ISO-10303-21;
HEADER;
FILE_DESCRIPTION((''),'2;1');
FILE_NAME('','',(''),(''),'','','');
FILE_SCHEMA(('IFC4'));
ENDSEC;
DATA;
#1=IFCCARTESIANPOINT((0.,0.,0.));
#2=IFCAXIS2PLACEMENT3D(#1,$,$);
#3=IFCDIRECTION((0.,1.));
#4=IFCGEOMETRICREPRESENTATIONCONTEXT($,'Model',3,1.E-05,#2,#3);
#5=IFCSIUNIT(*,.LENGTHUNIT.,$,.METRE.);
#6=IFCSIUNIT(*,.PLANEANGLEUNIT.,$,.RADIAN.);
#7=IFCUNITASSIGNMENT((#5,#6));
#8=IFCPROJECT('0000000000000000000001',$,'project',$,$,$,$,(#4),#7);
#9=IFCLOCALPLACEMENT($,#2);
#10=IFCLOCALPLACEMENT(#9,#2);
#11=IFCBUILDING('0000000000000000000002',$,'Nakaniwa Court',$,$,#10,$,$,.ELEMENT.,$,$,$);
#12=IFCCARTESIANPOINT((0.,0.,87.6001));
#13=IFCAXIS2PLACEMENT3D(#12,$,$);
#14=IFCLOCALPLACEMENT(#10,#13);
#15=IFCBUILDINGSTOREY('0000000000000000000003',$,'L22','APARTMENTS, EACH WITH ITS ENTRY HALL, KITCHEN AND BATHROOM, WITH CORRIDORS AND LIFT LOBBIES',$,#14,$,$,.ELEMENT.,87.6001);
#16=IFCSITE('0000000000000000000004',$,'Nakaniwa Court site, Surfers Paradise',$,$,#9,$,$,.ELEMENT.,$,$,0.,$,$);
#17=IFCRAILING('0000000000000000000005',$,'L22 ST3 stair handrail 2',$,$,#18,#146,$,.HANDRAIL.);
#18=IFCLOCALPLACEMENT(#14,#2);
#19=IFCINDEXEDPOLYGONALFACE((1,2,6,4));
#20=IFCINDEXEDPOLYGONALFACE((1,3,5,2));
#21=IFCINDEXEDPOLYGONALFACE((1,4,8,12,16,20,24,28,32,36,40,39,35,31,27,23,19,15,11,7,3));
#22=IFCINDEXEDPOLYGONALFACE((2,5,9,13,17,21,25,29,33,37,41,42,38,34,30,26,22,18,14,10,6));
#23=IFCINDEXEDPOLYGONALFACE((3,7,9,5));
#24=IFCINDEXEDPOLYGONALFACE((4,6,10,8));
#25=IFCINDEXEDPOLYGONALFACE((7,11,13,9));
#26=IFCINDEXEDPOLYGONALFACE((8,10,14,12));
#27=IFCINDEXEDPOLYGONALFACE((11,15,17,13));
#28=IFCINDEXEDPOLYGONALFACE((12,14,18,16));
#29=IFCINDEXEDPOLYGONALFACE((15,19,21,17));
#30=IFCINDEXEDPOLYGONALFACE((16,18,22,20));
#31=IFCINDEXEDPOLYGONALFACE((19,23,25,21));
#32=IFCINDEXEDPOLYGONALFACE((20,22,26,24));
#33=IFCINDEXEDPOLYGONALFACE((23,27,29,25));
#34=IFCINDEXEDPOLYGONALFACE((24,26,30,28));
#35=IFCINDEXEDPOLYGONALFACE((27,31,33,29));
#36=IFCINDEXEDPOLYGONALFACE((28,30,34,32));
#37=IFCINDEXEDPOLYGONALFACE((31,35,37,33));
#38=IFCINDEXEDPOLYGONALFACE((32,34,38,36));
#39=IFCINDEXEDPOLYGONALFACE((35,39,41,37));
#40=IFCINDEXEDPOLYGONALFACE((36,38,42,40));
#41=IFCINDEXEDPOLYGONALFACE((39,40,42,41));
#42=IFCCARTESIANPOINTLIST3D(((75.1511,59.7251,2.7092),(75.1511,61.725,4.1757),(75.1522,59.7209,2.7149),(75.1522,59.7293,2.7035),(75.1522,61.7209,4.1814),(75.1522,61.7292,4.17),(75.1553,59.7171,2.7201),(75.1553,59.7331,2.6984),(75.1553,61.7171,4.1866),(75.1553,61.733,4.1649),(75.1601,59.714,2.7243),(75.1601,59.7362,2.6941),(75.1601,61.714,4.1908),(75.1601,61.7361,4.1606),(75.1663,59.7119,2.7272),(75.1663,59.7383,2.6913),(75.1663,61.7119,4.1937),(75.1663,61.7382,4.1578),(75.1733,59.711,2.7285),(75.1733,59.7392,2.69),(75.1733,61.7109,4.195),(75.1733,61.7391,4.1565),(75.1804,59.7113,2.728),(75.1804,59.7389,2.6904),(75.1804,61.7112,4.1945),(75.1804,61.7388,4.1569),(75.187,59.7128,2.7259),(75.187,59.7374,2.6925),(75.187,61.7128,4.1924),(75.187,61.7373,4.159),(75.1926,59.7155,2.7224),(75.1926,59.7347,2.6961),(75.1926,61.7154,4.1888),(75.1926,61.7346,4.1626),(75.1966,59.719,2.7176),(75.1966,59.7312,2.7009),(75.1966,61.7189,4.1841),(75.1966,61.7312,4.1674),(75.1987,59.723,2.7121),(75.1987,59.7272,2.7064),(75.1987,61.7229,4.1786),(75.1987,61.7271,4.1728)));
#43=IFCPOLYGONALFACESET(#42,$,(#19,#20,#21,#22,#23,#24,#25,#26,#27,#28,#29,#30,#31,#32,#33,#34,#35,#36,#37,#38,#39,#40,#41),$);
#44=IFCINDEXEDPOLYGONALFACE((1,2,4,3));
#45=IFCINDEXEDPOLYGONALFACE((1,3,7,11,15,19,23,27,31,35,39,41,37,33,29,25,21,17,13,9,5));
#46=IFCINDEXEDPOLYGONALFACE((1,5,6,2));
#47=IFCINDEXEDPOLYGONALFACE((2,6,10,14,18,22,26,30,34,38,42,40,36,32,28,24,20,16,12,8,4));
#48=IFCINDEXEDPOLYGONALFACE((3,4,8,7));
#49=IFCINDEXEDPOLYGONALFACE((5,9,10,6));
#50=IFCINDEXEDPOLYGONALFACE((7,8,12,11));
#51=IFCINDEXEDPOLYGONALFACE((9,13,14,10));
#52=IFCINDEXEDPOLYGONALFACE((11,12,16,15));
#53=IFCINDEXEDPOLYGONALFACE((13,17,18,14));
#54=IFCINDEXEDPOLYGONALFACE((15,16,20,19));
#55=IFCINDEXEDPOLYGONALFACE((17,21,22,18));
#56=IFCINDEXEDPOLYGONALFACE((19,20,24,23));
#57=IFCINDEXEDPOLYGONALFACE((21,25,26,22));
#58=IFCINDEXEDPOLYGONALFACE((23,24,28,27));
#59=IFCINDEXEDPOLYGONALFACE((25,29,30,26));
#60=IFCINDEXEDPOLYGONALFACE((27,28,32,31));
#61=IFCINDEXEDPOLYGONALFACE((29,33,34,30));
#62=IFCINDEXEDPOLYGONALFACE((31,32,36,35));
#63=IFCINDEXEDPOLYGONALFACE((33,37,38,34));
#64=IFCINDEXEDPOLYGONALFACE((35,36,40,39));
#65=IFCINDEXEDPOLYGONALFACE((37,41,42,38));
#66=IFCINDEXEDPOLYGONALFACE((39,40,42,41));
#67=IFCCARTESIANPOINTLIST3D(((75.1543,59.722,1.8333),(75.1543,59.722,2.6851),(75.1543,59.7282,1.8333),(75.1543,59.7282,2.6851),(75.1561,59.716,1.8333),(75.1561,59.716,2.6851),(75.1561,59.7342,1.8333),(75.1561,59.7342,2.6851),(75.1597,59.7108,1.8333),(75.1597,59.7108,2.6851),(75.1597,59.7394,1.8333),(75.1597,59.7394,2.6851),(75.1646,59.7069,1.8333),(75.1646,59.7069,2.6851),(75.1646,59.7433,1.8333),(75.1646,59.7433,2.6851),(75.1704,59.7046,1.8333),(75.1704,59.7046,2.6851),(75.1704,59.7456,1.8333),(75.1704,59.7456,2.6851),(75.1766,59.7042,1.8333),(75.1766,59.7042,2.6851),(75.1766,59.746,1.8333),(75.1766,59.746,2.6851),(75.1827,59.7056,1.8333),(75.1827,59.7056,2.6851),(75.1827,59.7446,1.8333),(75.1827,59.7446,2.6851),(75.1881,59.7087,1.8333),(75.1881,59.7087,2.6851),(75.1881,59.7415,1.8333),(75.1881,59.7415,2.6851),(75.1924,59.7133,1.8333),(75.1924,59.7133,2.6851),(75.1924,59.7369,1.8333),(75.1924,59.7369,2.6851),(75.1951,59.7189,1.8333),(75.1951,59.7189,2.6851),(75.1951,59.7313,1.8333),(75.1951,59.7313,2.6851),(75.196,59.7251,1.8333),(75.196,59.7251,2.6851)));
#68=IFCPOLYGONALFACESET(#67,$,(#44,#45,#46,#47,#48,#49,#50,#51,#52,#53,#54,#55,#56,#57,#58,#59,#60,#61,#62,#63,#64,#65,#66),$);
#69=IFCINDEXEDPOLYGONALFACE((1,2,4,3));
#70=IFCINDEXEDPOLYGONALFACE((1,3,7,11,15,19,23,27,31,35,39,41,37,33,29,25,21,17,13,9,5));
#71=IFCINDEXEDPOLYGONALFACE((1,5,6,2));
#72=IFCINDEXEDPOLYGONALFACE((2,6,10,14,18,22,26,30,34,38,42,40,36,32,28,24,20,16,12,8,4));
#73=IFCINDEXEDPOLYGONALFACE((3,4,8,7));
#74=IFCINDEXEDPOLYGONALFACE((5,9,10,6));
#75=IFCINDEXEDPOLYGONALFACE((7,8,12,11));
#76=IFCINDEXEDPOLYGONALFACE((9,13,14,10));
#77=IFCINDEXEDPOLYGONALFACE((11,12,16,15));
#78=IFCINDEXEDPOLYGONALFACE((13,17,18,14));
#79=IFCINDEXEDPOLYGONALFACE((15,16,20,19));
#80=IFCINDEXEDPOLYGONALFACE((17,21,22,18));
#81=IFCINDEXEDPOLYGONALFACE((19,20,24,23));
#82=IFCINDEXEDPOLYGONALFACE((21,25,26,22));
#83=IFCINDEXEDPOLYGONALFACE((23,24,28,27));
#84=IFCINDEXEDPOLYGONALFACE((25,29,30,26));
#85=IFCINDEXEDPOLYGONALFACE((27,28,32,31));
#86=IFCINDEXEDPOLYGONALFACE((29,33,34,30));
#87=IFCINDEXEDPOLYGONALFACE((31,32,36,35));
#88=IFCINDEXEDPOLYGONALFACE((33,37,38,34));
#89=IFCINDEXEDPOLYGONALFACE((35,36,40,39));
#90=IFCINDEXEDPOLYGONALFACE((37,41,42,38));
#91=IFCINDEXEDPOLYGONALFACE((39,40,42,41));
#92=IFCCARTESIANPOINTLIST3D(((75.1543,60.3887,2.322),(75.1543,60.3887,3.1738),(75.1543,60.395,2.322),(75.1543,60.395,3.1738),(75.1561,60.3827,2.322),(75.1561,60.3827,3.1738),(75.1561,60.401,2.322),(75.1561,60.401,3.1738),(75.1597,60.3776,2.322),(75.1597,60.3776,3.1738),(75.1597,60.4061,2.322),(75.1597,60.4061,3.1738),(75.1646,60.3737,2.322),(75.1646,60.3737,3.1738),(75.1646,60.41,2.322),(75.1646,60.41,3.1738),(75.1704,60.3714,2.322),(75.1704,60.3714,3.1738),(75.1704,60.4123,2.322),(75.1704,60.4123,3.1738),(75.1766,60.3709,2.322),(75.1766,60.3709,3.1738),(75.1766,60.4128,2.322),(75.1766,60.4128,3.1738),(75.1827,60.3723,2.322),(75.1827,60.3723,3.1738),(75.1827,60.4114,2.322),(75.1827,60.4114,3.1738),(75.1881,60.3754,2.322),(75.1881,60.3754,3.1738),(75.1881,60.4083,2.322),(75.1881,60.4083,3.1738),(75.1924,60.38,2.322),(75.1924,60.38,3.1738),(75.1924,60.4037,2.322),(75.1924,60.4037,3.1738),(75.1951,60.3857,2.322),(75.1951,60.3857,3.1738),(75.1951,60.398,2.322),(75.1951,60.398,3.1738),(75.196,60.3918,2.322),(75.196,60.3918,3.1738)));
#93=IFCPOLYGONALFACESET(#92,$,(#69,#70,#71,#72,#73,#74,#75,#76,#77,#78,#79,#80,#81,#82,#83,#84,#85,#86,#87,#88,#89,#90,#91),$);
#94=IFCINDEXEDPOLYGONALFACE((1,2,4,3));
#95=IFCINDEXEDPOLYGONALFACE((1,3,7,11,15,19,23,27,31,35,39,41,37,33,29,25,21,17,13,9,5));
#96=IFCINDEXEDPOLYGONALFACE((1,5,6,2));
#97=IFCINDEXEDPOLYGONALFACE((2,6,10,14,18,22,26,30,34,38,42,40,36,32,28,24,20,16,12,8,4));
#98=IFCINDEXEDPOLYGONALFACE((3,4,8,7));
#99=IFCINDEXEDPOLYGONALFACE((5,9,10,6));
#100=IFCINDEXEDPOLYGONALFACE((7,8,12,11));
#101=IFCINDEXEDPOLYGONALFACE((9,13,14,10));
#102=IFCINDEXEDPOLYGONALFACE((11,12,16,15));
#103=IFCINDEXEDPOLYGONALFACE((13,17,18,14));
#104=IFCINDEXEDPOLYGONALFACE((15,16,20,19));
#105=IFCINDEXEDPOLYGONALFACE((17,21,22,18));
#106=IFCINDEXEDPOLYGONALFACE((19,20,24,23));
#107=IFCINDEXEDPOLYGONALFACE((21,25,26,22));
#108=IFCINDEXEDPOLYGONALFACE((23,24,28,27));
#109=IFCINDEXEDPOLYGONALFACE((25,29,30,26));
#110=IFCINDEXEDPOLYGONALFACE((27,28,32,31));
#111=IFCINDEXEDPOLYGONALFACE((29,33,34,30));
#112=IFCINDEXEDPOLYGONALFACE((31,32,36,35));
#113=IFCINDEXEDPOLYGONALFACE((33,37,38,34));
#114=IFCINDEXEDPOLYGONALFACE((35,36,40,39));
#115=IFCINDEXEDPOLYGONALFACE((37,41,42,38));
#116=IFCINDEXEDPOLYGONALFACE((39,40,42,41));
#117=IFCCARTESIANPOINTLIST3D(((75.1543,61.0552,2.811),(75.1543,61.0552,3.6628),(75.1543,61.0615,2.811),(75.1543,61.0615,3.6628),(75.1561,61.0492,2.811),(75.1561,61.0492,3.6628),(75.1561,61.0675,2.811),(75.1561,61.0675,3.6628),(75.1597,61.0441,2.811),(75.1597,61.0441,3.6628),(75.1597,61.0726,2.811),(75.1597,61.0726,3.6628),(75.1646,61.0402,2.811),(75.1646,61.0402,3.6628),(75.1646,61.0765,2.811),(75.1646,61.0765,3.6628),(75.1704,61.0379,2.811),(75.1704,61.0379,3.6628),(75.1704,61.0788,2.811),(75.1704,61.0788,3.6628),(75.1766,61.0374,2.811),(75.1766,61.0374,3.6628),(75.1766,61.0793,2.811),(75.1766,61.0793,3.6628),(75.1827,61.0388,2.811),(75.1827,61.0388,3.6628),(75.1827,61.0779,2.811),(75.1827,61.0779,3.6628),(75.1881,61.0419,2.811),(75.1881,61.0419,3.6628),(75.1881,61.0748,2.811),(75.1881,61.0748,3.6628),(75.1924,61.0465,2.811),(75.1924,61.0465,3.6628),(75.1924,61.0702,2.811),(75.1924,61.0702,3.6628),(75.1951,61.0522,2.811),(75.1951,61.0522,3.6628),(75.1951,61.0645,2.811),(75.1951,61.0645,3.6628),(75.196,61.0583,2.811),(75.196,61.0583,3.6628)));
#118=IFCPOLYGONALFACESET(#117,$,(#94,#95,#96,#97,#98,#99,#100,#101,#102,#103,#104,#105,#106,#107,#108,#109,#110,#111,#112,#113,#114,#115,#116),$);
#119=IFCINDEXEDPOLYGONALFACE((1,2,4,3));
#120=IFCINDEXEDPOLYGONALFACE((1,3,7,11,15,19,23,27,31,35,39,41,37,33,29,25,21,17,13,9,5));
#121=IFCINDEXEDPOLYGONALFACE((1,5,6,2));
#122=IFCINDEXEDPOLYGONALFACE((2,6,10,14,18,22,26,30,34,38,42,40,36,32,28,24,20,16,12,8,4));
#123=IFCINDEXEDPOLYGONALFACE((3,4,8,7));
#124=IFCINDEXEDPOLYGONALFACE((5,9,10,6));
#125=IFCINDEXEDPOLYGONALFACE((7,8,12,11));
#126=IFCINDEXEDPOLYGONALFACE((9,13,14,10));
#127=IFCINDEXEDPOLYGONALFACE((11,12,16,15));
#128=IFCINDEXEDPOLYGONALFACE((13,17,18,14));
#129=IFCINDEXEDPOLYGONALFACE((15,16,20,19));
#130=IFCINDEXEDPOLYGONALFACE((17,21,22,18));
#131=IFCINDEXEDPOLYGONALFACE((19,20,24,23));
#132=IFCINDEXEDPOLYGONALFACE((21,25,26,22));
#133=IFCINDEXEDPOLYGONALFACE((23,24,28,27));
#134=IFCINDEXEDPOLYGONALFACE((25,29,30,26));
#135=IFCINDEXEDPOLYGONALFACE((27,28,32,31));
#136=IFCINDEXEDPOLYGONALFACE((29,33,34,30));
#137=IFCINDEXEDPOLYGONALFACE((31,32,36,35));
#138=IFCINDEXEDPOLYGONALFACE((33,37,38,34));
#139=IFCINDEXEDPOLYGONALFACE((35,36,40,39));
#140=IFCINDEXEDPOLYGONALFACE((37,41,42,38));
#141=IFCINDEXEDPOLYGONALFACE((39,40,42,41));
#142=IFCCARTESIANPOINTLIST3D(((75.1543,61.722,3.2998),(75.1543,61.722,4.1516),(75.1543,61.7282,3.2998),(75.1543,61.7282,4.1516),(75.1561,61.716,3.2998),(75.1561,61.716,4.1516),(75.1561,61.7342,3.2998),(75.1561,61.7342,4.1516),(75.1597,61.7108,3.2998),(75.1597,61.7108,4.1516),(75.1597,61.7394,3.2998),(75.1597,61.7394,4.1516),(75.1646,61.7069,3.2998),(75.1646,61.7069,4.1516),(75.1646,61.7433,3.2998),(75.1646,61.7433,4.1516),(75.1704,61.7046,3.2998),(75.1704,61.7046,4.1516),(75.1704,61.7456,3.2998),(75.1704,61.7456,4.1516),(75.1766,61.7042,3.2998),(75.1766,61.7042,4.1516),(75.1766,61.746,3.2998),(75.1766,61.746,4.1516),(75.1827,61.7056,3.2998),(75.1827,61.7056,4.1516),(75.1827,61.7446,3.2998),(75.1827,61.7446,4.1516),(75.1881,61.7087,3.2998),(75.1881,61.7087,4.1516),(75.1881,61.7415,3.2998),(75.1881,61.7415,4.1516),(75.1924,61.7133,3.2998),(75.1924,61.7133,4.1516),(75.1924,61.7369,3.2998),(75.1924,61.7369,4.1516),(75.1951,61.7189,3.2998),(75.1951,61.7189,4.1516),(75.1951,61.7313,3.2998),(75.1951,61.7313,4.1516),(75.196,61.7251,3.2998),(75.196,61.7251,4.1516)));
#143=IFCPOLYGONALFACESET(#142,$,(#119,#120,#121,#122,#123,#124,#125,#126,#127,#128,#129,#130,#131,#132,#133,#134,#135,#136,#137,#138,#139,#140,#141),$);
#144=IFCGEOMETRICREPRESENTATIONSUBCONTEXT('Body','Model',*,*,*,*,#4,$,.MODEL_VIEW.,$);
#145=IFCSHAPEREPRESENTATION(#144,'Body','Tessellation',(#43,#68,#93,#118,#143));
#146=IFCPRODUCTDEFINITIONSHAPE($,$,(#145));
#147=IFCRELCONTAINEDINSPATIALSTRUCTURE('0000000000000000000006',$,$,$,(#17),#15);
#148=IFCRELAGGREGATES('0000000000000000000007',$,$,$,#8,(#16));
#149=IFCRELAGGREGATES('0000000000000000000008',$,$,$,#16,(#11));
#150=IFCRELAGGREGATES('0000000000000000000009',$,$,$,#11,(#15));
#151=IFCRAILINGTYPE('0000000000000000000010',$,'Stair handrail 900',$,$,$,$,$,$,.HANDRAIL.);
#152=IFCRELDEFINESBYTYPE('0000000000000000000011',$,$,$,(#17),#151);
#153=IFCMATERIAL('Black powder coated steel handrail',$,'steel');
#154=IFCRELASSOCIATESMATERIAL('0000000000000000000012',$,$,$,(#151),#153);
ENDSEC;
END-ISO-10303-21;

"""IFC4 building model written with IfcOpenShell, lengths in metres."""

from ifc_helpers import new_model, si_unit, direction, frame, origin, origin_2d, place, context, subcontext, project, spatial, circle, extrude, material, type_object, element, save


model = new_model("IFC4")

# Units and contexts
model_context = context("Model", 3, precision=1e-05, world=origin(), true_north=direction((0.0, 1.0)))
body_context = subcontext(model_context, "Body", "Model", "MODEL_VIEW")
ifc_project = project(units=[si_unit("LENGTHUNIT", "METRE"), si_unit("PLANEANGLEUNIT", "RADIAN")], contexts=[model_context])

# Site, building, storey
site_placement = place(None, origin())
site = spatial("IfcSite", under=ifc_project, at=site_placement, Name="Nakaniwa Court site, Surfers Paradise", CompositionType="ELEMENT", RefElevation=0.0)
building_placement = place(site_placement, origin())
building = spatial("IfcBuilding", under=site, at=building_placement, Name="Nakaniwa Court", CompositionType="ELEMENT")
storey_placement = place(building_placement, frame((0.0, 0.0, 87.6001)))
storey = spatial("IfcBuildingStorey", under=building, at=storey_placement, Name="L22", Description="APARTMENTS, EACH WITH ITS ENTRY HALL, KITCHEN AND BATHROOM, WITH CORRIDORS AND LIFT LOBBIES", CompositionType="ELEMENT", Elevation=87.6001)

# Railing
ifc_material_1 = material(Name="Black powder coated steel handrail", Category="steel")
railing_type_1 = type_object("IfcRailingType", Name="Stair handrail 900", PredefinedType="HANDRAIL", material=ifc_material_1)
railing_1_placement = place(storey_placement, frame((75.175, 59.7251, 1.8333)))
element("IfcRailing", 1, at=railing_1_placement, inside=storey, type_object=railing_type_1, Name="L22 ST3 stair handrail 2", PredefinedType="HANDRAIL", context=body_context, shape_type="SweptSolid", body=[
    extrude(circle(Radius=0.0239, at=origin_2d()), frame((0.0, 0.0, 0.876), z_axis=(0.0, 0.806427, 0.591334), x_axis=(-1.0, 0.0, 0.0)), (0.0, 0.0, 1.0), 2.48),
    extrude(circle(Radius=0.021, at=origin_2d()), origin(), (0.0, 0.0, 1.0), 0.8518),
    extrude(circle(Radius=0.021, at=origin_2d()), frame((0.0, 0.6667, 0.4888)), (0.0, 0.0, 1.0), 0.8518),
    extrude(circle(Radius=0.021, at=origin_2d()), frame((0.0, 1.3333, 0.9778)), (0.0, 0.0, 1.0), 0.8518),
    extrude(circle(Radius=0.021, at=origin_2d()), frame((0.0, 2.0, 1.4666)), (0.0, 0.0, 1.0), 0.8518),
])

save(model, "model.ifc")
